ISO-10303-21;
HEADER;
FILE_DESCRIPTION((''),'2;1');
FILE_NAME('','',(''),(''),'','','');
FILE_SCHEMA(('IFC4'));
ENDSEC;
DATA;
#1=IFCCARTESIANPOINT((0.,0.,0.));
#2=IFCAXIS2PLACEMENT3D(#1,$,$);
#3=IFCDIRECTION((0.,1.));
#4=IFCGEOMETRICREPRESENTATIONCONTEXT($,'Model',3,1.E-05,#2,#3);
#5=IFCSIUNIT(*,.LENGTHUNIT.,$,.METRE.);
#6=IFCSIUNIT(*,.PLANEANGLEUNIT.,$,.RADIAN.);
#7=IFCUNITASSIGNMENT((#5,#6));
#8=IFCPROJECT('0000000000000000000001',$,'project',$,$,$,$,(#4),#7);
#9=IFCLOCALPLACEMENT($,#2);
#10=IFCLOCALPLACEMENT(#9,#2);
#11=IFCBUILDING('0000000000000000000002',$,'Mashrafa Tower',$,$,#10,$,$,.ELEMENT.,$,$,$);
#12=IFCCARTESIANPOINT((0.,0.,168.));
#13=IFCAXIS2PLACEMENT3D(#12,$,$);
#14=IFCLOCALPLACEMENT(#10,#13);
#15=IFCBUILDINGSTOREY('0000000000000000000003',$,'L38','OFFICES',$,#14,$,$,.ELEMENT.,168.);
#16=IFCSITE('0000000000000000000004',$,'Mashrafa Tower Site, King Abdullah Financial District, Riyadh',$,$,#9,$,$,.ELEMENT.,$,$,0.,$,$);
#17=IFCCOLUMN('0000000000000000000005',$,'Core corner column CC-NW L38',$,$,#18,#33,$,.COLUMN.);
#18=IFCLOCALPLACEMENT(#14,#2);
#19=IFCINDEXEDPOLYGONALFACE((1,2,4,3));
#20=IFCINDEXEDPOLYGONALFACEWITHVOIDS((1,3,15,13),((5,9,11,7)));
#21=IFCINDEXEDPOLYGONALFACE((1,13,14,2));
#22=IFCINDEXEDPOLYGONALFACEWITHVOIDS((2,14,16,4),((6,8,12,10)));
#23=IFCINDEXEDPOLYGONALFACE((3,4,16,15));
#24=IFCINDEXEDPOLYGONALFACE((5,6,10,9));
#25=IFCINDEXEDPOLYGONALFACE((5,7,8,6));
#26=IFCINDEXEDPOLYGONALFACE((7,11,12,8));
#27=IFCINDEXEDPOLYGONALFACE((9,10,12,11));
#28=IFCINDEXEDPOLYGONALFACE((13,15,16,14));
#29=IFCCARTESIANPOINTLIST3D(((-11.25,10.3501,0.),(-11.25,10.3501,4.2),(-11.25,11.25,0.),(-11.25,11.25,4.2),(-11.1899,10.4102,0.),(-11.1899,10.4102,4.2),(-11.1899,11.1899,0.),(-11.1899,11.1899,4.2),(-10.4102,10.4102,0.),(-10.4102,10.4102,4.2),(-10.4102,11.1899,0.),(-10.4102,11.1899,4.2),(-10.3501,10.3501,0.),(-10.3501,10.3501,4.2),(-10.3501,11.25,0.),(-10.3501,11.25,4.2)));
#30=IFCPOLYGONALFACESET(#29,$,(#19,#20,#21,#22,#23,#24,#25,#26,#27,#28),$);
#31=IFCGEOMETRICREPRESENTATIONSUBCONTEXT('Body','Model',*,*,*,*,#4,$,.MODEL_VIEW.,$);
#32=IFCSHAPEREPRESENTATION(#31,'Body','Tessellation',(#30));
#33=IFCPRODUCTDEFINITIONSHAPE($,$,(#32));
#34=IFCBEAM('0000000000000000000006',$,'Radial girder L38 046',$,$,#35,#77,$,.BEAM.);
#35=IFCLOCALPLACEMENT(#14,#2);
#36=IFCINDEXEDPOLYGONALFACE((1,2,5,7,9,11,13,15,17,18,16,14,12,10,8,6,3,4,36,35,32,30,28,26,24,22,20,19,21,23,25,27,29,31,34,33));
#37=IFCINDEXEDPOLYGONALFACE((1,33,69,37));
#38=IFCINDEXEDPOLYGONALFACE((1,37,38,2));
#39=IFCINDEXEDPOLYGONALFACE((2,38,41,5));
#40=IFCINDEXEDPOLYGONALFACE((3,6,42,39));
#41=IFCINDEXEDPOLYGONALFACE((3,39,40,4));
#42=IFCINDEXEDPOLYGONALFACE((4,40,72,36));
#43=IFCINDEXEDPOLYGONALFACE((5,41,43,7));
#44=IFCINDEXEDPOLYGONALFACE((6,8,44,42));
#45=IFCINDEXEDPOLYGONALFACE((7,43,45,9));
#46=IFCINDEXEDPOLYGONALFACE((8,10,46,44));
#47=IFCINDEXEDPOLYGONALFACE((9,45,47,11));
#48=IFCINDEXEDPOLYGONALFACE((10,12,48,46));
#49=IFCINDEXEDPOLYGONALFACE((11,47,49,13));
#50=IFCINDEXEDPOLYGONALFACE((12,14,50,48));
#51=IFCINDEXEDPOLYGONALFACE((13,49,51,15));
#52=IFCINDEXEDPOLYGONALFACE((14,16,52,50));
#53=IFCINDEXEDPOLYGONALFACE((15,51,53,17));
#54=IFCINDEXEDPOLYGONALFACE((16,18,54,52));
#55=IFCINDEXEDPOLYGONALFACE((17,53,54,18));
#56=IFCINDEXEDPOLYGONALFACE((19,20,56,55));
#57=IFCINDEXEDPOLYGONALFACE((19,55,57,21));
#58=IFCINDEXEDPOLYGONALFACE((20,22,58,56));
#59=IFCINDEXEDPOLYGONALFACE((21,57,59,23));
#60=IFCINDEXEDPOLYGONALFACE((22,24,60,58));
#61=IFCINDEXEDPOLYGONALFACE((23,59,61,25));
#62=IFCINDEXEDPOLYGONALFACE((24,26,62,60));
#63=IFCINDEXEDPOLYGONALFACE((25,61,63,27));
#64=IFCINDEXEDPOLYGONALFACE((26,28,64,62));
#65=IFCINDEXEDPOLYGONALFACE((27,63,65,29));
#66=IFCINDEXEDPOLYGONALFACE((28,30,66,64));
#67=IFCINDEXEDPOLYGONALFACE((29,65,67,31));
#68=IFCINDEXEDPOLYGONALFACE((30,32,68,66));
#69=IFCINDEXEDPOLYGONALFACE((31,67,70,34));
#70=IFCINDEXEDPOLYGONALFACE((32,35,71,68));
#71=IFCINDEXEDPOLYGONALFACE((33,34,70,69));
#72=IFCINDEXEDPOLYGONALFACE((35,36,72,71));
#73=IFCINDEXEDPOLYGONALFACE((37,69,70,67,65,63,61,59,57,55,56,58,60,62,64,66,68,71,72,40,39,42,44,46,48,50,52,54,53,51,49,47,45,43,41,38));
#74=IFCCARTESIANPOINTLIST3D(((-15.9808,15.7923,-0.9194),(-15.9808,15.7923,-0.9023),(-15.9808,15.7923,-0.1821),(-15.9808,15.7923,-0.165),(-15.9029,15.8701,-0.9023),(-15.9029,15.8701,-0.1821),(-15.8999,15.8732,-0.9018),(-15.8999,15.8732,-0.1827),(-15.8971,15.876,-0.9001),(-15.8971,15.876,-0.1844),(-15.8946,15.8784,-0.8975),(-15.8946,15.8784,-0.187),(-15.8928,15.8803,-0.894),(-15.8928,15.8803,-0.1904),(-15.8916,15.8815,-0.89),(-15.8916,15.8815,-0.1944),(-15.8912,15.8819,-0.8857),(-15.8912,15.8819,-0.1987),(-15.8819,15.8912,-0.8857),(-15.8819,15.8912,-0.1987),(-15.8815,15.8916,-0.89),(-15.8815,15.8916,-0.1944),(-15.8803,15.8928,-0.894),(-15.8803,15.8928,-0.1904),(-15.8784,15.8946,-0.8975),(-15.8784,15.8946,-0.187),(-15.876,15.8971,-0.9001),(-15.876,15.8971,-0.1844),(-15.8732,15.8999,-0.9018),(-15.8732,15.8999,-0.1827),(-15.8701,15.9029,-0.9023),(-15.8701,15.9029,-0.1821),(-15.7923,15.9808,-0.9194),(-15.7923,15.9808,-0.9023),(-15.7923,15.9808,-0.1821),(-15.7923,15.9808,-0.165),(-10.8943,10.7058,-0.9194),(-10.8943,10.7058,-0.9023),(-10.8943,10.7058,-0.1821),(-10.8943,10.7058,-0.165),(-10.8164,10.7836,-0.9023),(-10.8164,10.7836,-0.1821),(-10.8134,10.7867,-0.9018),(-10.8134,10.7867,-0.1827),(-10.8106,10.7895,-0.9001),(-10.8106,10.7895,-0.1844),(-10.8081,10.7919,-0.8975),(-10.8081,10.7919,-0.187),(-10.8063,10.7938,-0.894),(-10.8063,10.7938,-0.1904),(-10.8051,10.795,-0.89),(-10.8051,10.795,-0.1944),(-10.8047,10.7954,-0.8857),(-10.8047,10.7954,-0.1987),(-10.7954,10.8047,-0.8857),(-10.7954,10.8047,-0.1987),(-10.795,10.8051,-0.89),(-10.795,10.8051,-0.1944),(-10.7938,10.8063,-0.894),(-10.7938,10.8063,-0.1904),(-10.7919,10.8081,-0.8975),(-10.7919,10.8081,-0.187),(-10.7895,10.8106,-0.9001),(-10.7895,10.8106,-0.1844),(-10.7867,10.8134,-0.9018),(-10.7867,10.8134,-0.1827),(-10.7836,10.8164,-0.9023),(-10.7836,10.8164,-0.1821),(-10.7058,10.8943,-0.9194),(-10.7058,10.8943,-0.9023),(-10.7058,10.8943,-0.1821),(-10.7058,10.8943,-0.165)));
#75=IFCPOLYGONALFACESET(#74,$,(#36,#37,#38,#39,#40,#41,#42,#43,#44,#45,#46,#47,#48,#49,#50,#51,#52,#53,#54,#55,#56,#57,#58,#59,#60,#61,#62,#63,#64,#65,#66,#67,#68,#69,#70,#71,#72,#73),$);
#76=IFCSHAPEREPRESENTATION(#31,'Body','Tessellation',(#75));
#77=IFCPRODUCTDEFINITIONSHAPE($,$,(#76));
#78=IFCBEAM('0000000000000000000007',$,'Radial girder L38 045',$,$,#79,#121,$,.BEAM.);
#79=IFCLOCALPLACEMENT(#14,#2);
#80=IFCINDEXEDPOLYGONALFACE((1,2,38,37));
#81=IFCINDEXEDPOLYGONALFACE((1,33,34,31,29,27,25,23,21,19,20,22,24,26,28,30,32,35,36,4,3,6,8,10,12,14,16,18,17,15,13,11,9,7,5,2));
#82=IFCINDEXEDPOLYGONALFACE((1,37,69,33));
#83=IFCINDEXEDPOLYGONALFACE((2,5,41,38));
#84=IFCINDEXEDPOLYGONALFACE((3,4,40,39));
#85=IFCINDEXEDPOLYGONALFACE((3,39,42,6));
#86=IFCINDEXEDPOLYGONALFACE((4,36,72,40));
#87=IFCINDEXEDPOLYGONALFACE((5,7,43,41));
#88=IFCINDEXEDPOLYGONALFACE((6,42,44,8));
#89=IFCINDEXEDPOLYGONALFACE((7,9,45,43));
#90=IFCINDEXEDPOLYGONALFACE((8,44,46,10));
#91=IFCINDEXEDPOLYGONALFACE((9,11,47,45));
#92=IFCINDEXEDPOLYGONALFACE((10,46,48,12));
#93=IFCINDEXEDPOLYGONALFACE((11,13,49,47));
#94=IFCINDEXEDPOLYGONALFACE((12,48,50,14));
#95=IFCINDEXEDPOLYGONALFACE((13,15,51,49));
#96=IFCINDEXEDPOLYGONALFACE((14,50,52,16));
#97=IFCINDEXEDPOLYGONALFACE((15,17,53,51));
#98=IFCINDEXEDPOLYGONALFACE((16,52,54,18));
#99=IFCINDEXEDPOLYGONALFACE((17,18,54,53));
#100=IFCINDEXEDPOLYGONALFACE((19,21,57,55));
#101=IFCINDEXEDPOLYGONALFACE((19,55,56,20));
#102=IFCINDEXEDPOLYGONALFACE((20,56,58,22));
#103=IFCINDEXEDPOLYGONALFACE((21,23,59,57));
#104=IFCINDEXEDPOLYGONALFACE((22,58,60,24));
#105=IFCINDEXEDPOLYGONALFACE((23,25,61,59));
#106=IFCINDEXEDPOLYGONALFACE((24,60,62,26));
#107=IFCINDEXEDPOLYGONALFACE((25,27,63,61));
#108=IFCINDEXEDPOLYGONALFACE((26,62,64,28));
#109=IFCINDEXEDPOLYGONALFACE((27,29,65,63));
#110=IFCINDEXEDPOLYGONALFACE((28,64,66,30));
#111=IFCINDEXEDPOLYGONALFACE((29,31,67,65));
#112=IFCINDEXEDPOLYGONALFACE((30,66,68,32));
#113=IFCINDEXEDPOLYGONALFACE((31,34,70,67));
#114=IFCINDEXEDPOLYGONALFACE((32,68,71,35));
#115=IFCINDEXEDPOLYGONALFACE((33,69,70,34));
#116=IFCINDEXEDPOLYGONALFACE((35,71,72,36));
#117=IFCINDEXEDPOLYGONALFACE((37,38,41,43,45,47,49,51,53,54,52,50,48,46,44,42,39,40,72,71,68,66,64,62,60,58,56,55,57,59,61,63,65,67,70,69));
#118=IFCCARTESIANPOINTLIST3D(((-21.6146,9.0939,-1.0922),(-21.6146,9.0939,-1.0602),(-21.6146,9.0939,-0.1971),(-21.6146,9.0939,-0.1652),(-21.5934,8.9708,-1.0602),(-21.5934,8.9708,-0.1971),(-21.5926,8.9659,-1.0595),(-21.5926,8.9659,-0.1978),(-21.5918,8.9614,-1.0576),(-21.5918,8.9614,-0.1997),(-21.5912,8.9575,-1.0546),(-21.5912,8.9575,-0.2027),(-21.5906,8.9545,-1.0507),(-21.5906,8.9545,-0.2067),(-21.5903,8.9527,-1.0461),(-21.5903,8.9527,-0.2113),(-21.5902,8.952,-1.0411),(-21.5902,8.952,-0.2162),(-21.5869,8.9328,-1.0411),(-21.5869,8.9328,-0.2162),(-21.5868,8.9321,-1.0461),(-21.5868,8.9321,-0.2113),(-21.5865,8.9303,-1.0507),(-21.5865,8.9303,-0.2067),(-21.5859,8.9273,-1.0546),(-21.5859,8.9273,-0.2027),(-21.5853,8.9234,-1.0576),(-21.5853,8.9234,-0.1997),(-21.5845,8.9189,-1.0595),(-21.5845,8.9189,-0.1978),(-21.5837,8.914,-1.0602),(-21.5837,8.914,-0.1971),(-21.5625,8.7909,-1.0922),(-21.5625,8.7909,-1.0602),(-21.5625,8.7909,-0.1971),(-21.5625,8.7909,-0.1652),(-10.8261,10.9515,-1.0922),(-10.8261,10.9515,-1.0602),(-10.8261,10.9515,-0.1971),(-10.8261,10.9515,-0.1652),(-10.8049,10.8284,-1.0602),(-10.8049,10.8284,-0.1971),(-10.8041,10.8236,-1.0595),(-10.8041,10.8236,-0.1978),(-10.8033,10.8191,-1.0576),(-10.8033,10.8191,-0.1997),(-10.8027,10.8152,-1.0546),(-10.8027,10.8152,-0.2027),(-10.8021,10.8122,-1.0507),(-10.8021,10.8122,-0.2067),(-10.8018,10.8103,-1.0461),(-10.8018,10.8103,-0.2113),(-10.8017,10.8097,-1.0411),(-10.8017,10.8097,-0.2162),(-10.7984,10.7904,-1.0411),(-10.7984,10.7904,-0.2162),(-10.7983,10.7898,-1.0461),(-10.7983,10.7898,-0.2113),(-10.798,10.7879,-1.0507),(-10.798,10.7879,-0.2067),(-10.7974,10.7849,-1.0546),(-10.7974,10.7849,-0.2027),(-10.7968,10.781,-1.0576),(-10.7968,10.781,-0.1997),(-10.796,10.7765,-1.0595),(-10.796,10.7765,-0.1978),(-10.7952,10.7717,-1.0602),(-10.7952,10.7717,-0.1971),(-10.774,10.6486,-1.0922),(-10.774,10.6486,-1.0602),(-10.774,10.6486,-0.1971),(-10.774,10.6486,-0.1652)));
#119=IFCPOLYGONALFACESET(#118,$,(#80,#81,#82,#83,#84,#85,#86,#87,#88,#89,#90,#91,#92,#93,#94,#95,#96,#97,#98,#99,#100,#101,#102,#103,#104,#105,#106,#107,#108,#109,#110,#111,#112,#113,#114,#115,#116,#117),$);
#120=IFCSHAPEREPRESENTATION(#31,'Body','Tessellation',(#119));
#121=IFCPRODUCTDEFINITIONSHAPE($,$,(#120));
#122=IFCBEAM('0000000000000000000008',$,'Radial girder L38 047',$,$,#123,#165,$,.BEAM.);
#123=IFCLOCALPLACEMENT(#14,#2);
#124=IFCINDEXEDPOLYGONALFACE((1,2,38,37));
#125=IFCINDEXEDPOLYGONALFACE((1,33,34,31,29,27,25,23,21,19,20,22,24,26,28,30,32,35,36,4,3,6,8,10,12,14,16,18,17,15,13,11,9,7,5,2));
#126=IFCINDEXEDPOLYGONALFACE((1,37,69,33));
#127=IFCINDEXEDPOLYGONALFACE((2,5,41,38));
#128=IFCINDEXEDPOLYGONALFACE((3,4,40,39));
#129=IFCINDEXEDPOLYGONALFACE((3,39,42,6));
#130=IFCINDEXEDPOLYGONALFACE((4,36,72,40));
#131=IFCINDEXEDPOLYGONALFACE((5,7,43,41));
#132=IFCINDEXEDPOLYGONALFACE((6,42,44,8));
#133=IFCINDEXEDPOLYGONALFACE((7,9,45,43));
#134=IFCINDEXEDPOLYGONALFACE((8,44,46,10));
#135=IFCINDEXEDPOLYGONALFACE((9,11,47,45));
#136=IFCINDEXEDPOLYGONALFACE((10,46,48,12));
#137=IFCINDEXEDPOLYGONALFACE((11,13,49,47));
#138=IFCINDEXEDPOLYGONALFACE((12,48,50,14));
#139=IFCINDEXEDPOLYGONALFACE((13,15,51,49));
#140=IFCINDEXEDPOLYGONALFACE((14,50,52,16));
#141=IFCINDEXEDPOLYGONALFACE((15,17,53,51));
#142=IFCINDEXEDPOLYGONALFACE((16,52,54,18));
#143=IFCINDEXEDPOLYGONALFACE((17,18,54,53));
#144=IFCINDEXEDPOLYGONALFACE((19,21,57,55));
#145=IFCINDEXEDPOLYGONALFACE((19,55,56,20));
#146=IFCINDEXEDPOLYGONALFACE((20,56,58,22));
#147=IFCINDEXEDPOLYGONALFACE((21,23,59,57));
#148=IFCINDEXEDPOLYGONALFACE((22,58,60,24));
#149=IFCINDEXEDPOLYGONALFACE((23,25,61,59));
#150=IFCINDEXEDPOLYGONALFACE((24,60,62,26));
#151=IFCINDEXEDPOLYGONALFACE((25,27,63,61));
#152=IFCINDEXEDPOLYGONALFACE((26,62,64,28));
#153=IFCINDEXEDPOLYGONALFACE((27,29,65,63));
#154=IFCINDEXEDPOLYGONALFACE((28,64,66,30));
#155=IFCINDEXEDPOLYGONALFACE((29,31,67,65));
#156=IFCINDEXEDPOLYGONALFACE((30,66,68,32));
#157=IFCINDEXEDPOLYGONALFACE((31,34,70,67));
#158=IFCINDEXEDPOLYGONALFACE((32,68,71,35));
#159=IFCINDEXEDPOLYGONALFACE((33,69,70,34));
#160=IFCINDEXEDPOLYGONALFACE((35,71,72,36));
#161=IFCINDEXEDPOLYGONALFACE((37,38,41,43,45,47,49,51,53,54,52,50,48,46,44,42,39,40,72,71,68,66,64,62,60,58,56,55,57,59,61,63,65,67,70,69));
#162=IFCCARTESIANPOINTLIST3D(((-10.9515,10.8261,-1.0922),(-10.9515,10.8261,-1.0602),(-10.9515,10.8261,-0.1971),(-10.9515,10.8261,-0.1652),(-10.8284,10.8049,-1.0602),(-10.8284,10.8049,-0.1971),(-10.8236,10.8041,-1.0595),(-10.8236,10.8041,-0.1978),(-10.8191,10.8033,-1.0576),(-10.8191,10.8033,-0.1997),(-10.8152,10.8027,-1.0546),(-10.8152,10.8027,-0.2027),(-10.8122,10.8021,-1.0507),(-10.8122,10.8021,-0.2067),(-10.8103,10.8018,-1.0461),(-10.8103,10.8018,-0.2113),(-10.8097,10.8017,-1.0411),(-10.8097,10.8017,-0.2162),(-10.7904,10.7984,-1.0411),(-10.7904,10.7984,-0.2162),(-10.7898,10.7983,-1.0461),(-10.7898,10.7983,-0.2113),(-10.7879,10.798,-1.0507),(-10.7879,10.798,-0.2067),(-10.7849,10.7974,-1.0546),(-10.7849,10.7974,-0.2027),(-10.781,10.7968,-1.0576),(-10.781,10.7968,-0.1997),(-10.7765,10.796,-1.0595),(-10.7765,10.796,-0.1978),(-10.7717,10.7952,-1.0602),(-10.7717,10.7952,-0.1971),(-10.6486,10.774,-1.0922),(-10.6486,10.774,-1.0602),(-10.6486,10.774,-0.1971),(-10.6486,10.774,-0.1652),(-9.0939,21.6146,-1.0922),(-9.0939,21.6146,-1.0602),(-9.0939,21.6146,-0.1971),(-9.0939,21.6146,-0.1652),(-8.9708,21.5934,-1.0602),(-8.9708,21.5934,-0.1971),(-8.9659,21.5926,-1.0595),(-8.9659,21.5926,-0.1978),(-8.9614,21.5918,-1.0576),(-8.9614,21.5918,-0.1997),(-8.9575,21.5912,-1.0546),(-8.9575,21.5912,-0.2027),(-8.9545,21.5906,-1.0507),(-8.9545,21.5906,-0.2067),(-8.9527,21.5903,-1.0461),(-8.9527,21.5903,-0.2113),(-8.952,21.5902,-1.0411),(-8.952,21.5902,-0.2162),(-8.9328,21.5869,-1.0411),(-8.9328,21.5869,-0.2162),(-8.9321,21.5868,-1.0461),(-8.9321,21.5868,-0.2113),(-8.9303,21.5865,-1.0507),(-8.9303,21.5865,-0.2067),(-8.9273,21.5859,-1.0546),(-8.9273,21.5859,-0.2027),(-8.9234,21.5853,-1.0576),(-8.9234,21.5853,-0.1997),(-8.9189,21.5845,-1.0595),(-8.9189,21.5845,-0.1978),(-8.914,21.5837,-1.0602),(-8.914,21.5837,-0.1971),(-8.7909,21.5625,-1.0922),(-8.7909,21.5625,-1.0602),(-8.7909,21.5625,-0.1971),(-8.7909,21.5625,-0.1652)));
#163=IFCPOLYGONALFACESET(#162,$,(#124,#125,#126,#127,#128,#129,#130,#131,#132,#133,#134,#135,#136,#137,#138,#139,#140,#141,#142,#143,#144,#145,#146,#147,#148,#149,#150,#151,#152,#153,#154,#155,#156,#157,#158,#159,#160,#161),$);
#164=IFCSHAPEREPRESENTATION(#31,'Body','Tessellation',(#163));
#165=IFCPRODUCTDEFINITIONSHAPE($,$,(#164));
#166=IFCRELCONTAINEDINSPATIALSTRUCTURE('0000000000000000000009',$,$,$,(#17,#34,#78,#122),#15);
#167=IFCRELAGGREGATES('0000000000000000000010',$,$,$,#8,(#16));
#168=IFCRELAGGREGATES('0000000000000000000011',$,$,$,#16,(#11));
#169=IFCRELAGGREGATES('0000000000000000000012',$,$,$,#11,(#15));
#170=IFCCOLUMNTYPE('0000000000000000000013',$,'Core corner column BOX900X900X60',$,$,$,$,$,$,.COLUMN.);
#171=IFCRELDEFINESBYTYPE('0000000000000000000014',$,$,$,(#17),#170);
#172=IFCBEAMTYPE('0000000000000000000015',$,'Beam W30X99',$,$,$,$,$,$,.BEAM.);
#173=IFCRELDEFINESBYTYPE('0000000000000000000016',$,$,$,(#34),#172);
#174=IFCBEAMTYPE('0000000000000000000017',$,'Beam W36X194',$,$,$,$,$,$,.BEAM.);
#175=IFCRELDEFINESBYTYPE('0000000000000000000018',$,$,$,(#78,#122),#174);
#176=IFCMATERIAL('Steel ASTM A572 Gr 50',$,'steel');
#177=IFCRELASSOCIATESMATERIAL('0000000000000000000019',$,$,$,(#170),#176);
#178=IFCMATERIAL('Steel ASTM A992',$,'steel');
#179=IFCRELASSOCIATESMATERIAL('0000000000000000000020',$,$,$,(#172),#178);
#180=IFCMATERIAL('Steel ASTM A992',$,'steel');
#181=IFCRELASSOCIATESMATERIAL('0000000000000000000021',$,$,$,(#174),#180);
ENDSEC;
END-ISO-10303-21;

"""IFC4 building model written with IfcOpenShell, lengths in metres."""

from ifc_helpers import new_model, si_unit, direction, frame, origin, origin_2d, place, context, subcontext, project, spatial, hollow_rectangle, i_section, extrude, material, material_profile, profile_set, type_object, element, save


model = new_model("IFC4")

# Units and contexts
model_context = context("Model", 3, precision=1e-05, world=origin(), true_north=direction((0.0, 1.0)))
body_context = subcontext(model_context, "Body", "Model", "MODEL_VIEW")
ifc_project = project(units=[si_unit("LENGTHUNIT", "METRE"), si_unit("PLANEANGLEUNIT", "RADIAN")], contexts=[model_context])

# Site, building, storey
site_placement = place(None, origin())
site = spatial("IfcSite", under=ifc_project, at=site_placement, Name="Mashrafa Tower Site, King Abdullah Financial District, Riyadh", CompositionType="ELEMENT", RefElevation=0.0)
building_placement = place(site_placement, origin())
building = spatial("IfcBuilding", under=site, at=building_placement, Name="Mashrafa Tower", CompositionType="ELEMENT")
storey_placement = place(building_placement, frame((0.0, 0.0, 168.0)))
storey = spatial("IfcBuildingStorey", under=building, at=storey_placement, Name="L38", Description="OFFICES", CompositionType="ELEMENT", Elevation=168.0)

# Column
ifc_material_1 = material(Name="Steel ASTM A572 Gr 50", Category="steel")
ifc_material_profile_1 = material_profile(ifc_material_1, hollow_rectangle(XDim=0.8999, YDim=0.8999, WallThickness=0.0601, at=origin_2d()), Name="BOX900X900X60")
ifc_profile_set_1 = profile_set([ifc_material_profile_1], Name="Steel ASTM A572 Gr 50")
column_type = type_object("IfcColumnType", Name="Core corner column BOX900X900X60", PredefinedType="COLUMN", material=ifc_profile_set_1)
column_placement = place(storey_placement, frame((-10.8, 10.8, 0.0), z_axis=(0.0, 0.0, 1.0), x_axis=(1.0, 0.0, 0.0)))
element("IfcColumn", 1, at=column_placement, inside=storey, type_object=column_type, Name="Core corner column CC-NW L38", PredefinedType="COLUMN", context=body_context, shape_type="SweptSolid", body=[
    extrude(hollow_rectangle(XDim=0.8999, YDim=0.8999, WallThickness=0.0601, at=origin_2d()), origin(), (0.0, 0.0, 1.0), 4.2),
])

# Beams
ifc_material_2 = material(Name="Steel ASTM A992", Category="steel")
ifc_material_profile_2 = material_profile(ifc_material_2, i_section(OverallWidth=0.2666, OverallDepth=0.7544, WebThickness=0.0132, FlangeThickness=0.0171, FilletRadius=0.0166, at=origin_2d()), Name="W30X99")
ifc_profile_set_2 = profile_set([ifc_material_profile_2], Name="Steel ASTM A992")
beam_type_1 = type_object("IfcBeamType", Name="Beam W30X99", PredefinedType="BEAM", material=ifc_profile_set_2)
beam_1_placement = place(storey_placement, frame((-10.8, 10.8, -0.5422), z_axis=(-0.707107, 0.707107, 0.0), x_axis=(-0.707107, -0.707107, 0.0)))
element("IfcBeam", 2, at=beam_1_placement, inside=storey, type_object=beam_type_1, Name="Radial girder L38 046", PredefinedType="BEAM", context=body_context, shape_type="SweptSolid", body=[
    extrude(i_section(OverallWidth=0.2666, OverallDepth=0.7544, WebThickness=0.0132, FlangeThickness=0.0171, FilletRadius=0.0166, at=origin_2d()), origin(), (0.0, 0.0, 1.0), 7.1934),
])
ifc_material_3 = material(Name="Steel ASTM A992", Category="steel")
ifc_material_profile_3 = material_profile(ifc_material_3, i_section(OverallWidth=0.3074, OverallDepth=0.927, WebThickness=0.0195, FlangeThickness=0.032, FilletRadius=0.019, at=origin_2d()), Name="W36X194")
ifc_profile_set_3 = profile_set([ifc_material_profile_3], Name="Steel ASTM A992")
beam_type_2 = type_object("IfcBeamType", Name="Beam W36X194", PredefinedType="BEAM", material=ifc_profile_set_3)
for number, where, z_axis, x_axis, name in (
    (3, (-10.8, 10.8, -0.6287), (-0.985497, -0.169691, 0.0), (0.169691, -0.985497, 0.0), "Radial girder L38 045"),
    (4, (-10.8, 10.8, -0.6287), (0.169691, 0.985497, 0.0), (-0.985497, 0.169691, 0.0), "Radial girder L38 047"),
):
    element("IfcBeam", number, at=place(storey_placement, frame(where, z_axis=z_axis, x_axis=x_axis)), inside=storey, type_object=beam_type_2, Name=name, PredefinedType="BEAM", context=body_context, shape_type="SweptSolid", body=[
        extrude(i_section(OverallWidth=0.3074, OverallDepth=0.927, WebThickness=0.0195, FlangeThickness=0.032, FilletRadius=0.019, at=origin_2d()), origin(), (0.0, 0.0, 1.0), 10.9473),
    ])

save(model, "model.ifc")
